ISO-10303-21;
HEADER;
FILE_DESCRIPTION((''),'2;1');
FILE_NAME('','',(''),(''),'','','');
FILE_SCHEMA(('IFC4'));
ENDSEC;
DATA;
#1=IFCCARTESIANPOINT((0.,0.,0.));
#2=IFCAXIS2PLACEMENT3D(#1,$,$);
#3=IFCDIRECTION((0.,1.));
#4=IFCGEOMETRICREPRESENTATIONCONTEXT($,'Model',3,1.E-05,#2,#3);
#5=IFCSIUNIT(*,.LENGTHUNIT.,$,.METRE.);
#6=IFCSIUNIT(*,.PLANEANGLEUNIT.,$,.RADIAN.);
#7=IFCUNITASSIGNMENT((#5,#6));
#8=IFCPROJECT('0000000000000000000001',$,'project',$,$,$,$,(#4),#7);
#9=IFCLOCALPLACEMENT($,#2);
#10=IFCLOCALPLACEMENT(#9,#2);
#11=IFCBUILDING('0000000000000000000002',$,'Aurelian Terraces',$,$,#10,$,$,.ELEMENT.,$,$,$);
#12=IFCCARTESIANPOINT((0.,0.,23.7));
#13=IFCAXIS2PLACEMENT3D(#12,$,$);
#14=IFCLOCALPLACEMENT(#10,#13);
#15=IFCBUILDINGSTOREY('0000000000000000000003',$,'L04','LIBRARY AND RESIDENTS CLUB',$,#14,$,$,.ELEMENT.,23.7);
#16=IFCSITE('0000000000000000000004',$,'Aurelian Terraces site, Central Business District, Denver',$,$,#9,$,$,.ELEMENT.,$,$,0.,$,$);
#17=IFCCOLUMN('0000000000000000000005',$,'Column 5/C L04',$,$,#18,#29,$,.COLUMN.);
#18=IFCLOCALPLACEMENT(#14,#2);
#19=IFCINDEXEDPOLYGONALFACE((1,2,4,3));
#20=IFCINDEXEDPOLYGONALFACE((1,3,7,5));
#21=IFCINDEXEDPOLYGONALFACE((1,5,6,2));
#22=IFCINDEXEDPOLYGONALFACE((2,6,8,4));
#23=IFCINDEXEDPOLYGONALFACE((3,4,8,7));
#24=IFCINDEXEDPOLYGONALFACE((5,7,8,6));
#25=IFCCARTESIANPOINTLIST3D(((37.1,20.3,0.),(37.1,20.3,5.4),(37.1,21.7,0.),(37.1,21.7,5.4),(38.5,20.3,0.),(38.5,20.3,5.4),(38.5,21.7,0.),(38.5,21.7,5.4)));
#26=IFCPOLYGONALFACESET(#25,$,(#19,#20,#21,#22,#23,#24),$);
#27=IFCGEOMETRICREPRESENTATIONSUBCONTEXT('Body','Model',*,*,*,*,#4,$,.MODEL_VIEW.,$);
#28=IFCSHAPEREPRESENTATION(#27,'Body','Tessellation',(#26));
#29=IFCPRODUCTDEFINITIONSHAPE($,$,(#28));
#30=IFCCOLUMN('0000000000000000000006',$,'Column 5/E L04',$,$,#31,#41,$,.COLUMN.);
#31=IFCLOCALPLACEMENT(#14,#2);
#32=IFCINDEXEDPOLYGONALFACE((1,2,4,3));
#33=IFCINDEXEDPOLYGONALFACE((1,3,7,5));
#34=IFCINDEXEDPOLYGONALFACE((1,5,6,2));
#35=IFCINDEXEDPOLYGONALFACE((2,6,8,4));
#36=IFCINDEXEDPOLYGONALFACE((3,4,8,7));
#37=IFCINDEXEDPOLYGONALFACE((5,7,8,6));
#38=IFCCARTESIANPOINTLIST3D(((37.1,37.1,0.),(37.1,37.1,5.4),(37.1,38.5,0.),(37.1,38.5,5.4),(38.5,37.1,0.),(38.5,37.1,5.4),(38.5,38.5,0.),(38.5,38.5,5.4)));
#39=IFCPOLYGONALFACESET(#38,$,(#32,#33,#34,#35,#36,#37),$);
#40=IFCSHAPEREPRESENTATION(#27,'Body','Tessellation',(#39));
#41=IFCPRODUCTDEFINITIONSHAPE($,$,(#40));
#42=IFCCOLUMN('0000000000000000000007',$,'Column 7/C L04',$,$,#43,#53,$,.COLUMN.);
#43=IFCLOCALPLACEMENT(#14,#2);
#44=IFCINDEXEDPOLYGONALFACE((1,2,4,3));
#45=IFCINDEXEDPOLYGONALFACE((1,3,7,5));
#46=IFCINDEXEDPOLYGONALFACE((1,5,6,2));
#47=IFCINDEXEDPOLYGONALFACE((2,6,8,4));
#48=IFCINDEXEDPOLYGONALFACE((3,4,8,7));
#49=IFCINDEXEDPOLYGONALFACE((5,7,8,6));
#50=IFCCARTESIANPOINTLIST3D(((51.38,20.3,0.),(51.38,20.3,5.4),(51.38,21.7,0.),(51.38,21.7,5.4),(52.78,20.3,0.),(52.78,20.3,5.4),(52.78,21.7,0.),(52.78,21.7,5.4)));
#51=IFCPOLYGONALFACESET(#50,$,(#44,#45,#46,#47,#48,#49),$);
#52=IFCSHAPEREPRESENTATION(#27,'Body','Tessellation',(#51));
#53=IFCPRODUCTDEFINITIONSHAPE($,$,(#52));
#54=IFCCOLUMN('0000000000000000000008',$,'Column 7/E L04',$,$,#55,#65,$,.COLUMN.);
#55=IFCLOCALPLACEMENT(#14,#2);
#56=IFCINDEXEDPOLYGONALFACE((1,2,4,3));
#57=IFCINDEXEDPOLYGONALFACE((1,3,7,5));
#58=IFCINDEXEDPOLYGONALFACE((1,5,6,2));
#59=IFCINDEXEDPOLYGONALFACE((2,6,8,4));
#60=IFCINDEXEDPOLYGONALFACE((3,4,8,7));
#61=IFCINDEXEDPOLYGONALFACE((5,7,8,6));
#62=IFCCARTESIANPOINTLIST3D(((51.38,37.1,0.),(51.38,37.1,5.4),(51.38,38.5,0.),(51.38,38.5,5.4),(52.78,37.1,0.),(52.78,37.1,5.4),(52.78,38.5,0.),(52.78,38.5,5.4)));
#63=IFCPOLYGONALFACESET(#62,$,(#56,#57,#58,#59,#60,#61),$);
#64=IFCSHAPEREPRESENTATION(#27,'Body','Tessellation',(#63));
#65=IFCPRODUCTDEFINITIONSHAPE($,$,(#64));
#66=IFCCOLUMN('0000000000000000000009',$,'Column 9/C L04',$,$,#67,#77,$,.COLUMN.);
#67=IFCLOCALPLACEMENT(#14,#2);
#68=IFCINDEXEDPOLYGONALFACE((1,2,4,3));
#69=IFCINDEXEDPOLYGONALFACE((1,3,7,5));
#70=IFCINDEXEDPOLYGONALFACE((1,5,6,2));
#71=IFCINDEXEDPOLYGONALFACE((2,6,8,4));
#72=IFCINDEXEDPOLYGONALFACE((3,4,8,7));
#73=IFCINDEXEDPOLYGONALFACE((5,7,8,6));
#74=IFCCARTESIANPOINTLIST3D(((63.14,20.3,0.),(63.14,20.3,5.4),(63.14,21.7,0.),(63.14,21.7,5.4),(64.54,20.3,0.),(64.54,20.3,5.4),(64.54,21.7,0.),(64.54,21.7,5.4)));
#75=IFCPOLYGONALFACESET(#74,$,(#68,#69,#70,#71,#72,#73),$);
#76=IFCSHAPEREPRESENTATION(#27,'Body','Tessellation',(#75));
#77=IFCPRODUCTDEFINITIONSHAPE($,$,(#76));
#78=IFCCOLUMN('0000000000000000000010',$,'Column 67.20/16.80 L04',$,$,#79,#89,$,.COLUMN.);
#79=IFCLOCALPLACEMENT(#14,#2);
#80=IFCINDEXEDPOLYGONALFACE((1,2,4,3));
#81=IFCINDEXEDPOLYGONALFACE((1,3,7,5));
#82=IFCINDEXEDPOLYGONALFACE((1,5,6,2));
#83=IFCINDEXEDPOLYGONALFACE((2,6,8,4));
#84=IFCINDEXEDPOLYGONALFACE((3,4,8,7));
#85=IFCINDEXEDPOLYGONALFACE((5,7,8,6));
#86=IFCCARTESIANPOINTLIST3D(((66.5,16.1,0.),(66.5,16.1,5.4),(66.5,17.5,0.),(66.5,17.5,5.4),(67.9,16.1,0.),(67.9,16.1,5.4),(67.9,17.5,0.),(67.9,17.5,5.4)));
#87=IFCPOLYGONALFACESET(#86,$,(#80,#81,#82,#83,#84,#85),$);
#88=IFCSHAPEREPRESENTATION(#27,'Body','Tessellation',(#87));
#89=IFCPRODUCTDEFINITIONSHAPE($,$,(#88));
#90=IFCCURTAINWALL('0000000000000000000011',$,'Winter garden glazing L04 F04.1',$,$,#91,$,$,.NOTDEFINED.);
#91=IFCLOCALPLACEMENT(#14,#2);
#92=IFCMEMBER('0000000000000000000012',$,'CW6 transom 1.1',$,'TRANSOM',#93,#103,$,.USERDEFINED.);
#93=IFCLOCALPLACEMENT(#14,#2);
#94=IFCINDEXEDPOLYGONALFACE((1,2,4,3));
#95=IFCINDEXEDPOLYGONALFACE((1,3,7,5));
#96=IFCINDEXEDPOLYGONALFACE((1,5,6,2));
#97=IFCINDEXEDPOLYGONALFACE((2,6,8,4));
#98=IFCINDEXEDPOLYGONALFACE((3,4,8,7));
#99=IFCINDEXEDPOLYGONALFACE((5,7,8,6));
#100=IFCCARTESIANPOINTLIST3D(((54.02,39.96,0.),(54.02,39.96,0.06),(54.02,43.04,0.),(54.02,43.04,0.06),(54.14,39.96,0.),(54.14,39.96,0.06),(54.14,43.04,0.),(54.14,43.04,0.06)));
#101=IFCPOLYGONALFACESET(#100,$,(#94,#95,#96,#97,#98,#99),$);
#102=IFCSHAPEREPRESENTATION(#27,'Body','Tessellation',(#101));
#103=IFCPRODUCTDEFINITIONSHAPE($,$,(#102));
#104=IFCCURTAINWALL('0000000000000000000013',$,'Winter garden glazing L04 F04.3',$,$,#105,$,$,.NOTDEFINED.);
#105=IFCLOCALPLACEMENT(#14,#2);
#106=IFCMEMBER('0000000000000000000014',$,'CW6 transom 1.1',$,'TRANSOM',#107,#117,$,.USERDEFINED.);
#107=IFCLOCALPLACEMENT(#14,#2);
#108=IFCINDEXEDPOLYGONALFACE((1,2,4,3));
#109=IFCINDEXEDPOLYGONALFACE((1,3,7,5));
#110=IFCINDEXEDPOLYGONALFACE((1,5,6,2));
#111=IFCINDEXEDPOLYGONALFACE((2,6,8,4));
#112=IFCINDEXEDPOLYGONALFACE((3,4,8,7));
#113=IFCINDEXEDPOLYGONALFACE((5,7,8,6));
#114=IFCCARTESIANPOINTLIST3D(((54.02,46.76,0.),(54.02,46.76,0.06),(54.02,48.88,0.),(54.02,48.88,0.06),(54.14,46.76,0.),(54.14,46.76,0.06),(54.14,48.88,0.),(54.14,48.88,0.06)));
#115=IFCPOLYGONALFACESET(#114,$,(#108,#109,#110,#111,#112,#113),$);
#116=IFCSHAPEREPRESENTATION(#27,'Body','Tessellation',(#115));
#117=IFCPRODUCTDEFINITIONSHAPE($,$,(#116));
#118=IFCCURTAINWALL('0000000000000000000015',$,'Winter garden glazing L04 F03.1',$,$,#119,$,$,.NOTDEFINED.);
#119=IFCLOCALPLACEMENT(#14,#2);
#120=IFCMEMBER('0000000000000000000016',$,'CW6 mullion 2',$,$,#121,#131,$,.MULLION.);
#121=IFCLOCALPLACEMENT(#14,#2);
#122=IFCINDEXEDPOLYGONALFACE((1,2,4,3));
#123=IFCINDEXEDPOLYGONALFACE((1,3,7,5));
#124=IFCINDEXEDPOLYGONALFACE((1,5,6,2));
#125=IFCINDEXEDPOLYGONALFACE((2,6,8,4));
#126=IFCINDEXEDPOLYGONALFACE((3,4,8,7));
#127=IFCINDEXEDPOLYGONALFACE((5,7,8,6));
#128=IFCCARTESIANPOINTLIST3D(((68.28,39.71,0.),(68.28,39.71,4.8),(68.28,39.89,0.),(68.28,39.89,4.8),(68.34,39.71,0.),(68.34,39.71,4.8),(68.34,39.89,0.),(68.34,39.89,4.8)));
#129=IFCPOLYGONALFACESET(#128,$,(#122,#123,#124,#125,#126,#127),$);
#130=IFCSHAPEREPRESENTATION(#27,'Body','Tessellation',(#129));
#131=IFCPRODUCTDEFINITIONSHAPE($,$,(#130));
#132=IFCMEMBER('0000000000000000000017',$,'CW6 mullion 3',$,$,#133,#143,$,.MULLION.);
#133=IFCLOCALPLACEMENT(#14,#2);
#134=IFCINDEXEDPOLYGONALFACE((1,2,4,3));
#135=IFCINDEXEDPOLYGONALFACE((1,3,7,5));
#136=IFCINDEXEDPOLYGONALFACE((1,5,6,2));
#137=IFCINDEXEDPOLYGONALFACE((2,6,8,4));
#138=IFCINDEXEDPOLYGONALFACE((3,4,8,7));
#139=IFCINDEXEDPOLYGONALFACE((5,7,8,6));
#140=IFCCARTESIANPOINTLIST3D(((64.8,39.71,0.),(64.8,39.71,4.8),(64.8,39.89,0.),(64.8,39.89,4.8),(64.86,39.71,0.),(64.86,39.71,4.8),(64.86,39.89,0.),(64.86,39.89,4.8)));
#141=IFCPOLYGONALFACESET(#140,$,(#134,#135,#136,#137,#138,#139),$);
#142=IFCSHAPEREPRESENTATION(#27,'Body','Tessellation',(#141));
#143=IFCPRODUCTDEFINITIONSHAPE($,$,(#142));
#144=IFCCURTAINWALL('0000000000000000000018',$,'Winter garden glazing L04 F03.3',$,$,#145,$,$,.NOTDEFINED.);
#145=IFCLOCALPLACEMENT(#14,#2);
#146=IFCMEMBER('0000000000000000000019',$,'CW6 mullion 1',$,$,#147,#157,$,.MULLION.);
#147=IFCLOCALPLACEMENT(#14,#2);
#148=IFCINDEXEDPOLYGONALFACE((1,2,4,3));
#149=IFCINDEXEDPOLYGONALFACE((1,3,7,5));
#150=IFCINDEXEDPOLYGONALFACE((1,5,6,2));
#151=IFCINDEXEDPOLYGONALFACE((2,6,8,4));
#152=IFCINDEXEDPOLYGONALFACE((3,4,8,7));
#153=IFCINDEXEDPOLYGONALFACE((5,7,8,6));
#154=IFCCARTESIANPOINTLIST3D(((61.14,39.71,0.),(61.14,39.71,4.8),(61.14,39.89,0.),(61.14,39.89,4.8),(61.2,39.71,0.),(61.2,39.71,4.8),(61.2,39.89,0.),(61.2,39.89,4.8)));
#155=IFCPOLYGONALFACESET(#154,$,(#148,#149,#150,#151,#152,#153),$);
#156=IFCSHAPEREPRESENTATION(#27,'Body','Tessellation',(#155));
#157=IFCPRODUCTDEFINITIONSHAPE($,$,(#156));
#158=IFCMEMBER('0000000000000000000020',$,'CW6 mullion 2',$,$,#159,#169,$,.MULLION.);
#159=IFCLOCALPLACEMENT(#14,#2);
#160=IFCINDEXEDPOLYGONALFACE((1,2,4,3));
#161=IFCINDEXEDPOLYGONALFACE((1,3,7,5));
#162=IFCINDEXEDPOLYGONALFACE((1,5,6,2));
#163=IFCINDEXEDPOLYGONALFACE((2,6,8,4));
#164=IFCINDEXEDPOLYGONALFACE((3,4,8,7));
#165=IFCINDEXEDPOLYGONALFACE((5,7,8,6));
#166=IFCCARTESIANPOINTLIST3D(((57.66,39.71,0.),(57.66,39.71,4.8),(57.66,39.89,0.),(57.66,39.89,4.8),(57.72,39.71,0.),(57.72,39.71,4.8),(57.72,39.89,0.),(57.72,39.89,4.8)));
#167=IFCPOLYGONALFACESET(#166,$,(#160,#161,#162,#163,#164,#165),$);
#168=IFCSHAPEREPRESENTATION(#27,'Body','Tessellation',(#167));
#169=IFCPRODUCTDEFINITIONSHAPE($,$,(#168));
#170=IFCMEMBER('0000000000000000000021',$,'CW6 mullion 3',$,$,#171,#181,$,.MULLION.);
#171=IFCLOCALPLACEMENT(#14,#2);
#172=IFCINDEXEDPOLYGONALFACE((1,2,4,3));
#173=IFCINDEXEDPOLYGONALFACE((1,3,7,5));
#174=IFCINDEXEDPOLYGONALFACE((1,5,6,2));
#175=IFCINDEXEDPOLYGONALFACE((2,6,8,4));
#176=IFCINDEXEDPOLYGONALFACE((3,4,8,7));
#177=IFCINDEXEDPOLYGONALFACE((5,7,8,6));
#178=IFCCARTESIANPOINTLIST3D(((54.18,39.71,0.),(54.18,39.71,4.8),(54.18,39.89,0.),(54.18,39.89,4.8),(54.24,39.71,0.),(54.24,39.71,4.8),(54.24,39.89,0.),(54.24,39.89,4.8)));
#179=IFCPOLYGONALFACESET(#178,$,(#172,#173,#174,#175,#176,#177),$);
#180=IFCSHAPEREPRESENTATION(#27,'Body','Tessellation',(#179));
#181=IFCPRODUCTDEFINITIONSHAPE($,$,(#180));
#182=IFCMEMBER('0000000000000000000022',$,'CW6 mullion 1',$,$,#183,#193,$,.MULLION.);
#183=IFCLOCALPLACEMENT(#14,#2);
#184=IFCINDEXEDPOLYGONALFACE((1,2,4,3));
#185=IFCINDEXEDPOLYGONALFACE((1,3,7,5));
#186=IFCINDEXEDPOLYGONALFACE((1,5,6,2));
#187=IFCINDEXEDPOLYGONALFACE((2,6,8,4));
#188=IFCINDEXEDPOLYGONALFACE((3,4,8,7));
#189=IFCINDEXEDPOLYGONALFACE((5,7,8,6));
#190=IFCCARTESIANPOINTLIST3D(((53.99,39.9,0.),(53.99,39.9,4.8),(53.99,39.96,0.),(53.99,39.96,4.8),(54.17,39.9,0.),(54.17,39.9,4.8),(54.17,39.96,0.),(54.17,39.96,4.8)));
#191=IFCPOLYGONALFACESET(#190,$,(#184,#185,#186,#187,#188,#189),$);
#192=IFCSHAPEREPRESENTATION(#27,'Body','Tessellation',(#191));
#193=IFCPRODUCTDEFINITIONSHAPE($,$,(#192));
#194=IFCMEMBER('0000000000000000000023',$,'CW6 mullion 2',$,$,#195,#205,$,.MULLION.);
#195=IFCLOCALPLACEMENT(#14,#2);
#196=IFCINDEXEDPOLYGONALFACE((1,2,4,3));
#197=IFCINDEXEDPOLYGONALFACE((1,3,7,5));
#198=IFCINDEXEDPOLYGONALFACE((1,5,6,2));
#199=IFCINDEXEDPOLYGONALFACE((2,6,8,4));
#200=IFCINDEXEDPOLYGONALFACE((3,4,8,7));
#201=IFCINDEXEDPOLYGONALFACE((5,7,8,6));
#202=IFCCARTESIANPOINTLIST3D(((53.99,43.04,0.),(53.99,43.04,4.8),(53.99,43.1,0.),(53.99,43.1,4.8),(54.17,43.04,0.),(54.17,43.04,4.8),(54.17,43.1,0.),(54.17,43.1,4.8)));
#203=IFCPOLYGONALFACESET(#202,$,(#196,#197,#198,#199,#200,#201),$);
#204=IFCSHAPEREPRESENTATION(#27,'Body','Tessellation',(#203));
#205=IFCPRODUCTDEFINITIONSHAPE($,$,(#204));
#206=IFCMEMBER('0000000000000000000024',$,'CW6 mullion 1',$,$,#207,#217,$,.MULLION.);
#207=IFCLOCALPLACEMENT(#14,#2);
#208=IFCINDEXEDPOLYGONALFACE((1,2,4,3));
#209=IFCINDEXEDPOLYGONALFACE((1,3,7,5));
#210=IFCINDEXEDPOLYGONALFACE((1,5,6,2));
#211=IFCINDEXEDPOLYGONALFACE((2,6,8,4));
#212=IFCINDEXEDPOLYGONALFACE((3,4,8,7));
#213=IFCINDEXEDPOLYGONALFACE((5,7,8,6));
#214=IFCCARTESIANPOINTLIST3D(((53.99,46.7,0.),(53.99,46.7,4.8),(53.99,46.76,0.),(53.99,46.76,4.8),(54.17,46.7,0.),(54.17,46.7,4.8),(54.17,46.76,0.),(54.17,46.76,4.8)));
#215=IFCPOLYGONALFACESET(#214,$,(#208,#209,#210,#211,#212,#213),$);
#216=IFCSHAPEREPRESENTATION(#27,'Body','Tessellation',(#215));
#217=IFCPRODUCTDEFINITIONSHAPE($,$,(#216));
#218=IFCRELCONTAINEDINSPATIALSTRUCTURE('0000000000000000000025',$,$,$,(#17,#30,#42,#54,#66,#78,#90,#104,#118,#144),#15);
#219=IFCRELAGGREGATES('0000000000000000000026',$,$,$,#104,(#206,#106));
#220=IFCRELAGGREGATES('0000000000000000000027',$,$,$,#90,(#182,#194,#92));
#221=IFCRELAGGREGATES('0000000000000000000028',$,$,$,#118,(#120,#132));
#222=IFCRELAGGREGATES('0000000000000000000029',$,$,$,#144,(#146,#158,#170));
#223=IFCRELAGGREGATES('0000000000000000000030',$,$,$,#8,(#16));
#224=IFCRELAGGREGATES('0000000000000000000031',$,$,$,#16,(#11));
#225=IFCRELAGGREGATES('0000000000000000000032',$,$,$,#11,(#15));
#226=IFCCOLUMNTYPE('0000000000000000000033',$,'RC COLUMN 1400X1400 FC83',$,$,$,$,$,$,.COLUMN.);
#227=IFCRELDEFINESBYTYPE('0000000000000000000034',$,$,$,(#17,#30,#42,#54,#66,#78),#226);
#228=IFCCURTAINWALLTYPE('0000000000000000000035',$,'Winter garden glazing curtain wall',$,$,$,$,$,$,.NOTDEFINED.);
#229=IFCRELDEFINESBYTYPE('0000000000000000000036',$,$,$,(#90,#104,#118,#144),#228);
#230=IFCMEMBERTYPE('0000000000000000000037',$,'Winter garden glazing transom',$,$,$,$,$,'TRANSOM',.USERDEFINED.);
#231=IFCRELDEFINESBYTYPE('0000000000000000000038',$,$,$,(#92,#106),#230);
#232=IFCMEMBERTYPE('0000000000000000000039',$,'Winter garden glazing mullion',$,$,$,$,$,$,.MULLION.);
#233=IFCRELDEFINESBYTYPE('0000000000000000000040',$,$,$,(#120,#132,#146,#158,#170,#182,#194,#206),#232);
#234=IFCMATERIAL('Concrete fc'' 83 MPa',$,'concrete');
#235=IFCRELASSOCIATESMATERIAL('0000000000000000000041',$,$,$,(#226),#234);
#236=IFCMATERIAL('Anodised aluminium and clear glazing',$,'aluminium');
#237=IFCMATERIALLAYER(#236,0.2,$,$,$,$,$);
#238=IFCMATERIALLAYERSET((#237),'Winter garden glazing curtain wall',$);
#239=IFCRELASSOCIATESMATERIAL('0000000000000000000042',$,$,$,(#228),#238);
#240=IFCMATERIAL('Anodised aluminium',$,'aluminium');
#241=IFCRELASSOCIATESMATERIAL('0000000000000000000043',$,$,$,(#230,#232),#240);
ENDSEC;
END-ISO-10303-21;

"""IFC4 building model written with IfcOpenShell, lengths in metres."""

from ifc_helpers import new_model, si_unit, direction, frame, origin, origin_2d, place, context, subcontext, project, spatial, rectangle, extrude, source, transform, mapped, material, layer, layer_set, material_profile, profile_set, type_object, element, aggregate, save


model = new_model("IFC4")

# Units and contexts
model_context = context("Model", 3, precision=1e-05, world=origin(), true_north=direction((0.0, 1.0)))
body_context = subcontext(model_context, "Body", "Model", "MODEL_VIEW")
ifc_project = project(units=[si_unit("LENGTHUNIT", "METRE"), si_unit("PLANEANGLEUNIT", "RADIAN")], contexts=[model_context])

# Site, building, storey
site_placement = place(None, origin())
site = spatial("IfcSite", under=ifc_project, at=site_placement, Name="Aurelian Terraces site, Central Business District, Denver", CompositionType="ELEMENT", RefElevation=0.0)
building_placement = place(site_placement, origin())
building = spatial("IfcBuilding", under=site, at=building_placement, Name="Aurelian Terraces", CompositionType="ELEMENT")
storey_placement = place(building_placement, frame((0.0, 0.0, 23.7)))
storey = spatial("IfcBuildingStorey", under=building, at=storey_placement, Name="L04", Description="LIBRARY AND RESIDENTS CLUB", CompositionType="ELEMENT", Elevation=23.7)

# Columns
ifc_material_1 = material(Name="Concrete fc' 83 MPa", Category="concrete")
ifc_material_profile_1 = material_profile(ifc_material_1, rectangle(XDim=1.4, YDim=1.4, at=origin_2d()))
ifc_profile_set_1 = profile_set([ifc_material_profile_1], Name="Concrete fc' 83 MPa")
column_type = type_object("IfcColumnType", Name="RC COLUMN 1400X1400 FC83", PredefinedType="COLUMN", material=ifc_profile_set_1)
shared_shape_1 = source(origin(), body_context, "Body", "SweptSolid", [
    extrude(rectangle(XDim=1.4, YDim=1.4, at=origin_2d()), origin(), (0.0, 0.0, 1.0), 5.4),
])
for number, where, z_axis, x_axis, name in (
    (1, (37.8, 21.0, 0.0), (0.0, 0.0, 1.0), (1.0, 0.0, 0.0), "Column 5/C L04"),
    (2, (37.8, 37.8, 0.0), (0.0, 0.0, 1.0), (1.0, 0.0, 0.0), "Column 5/E L04"),
    (3, (52.08, 21.0, 0.0), (0.0, 0.0, 1.0), (1.0, 0.0, 0.0), "Column 7/C L04"),
    (4, (52.08, 37.8, 0.0), (0.0, 0.0, 1.0), (1.0, 0.0, 0.0), "Column 7/E L04"),
    (5, (63.84, 21.0, 0.0), (0.0, 0.0, 1.0), (1.0, 0.0, 0.0), "Column 9/C L04"),
    (6, (67.2, 16.8, 0.0), (0.0, 0.0, 1.0), (1.0, 0.0, 0.0), "Column 67.20/16.80 L04"),
):
    element("IfcColumn", number, at=place(storey_placement, frame(where, z_axis=z_axis, x_axis=x_axis)), inside=storey, type_object=column_type, Name=name, PredefinedType="COLUMN", context=body_context, shape_type="MappedRepresentation", body=[
        mapped(shared_shape_1, transform((0.0, 0.0, 0.0), scale=1.0)),
    ])

# Curtain walls, members
ifc_material_2 = material(Name="Anodised aluminium and clear glazing", Category="aluminium")
ifc_layer_1 = layer(ifc_material_2, 0.2)
ifc_layer_set_1 = layer_set([ifc_layer_1], Name="Winter garden glazing curtain wall")
curtain_wall_type = type_object("IfcCurtainWallType", Name="Winter garden glazing curtain wall", PredefinedType="NOTDEFINED", material=ifc_layer_set_1)
curtain_wall_1_placement = place(storey_placement, origin())
curtain_wall_1 = element("IfcCurtainWall", 7, at=curtain_wall_1_placement, inside=storey, type_object=curtain_wall_type, Name="Winter garden glazing L04 F04.1", PredefinedType="NOTDEFINED")
ifc_material_3 = material(Name="Anodised aluminium", Category="aluminium")
ifc_material_profile_2 = material_profile(ifc_material_3, rectangle(XDim=0.12, YDim=0.06, at=origin_2d()))
ifc_profile_set_2 = profile_set([ifc_material_profile_2], Name="Anodised aluminium")
member_type_1 = type_object("IfcMemberType", Name="Winter garden glazing transom", ElementType="TRANSOM", PredefinedType="USERDEFINED", material=ifc_profile_set_2)
member_1_placement = place(storey_placement, frame((54.08, 39.96, 0.03), z_axis=(0.0, 1.0, 0.0), x_axis=(-1.0, 0.0, 0.0)))
member_1 = element("IfcMember", 8, at=member_1_placement, type_object=member_type_1, Name="CW6 transom 1.1", ObjectType="TRANSOM", PredefinedType="USERDEFINED", context=body_context, shape_type="SweptSolid", body=[
    extrude(rectangle(XDim=0.12, YDim=0.06, at=origin_2d()), origin(), (0.0, 0.0, 1.0), 3.08),
])
curtain_wall_2_placement = place(storey_placement, origin())
curtain_wall_2 = element("IfcCurtainWall", 9, at=curtain_wall_2_placement, inside=storey, type_object=curtain_wall_type, Name="Winter garden glazing L04 F04.3", PredefinedType="NOTDEFINED")
member_2_placement = place(storey_placement, frame((54.08, 46.76, 0.03), z_axis=(0.0, 1.0, 0.0), x_axis=(-1.0, 0.0, 0.0)))
member_2 = element("IfcMember", 10, at=member_2_placement, type_object=member_type_1, Name="CW6 transom 1.1", ObjectType="TRANSOM", PredefinedType="USERDEFINED", context=body_context, shape_type="SweptSolid", body=[
    extrude(rectangle(XDim=0.12, YDim=0.06, at=origin_2d()), origin(), (0.0, 0.0, 1.0), 2.12),
])

# Curtain walls, members
curtain_wall_3_placement = place(storey_placement, origin())
curtain_wall_3 = element("IfcCurtainWall", 11, at=curtain_wall_3_placement, inside=storey, type_object=curtain_wall_type, Name="Winter garden glazing L04 F03.1", PredefinedType="NOTDEFINED")
ifc_material_profile_3 = material_profile(ifc_material_3, rectangle(XDim=0.18, YDim=0.06, at=origin_2d()))
ifc_profile_set_3 = profile_set([ifc_material_profile_3], Name="Anodised aluminium")
member_type_2 = type_object("IfcMemberType", Name="Winter garden glazing mullion", PredefinedType="MULLION", material=ifc_profile_set_3)
shared_shape_2 = source(origin(), body_context, "Body", "SweptSolid", [
    extrude(rectangle(XDim=0.18, YDim=0.06, at=origin_2d()), origin(), (0.0, 0.0, 1.0), 4.8),
])
member_3_placement = place(storey_placement, frame((68.31, 39.8, 0.0), z_axis=(0.0, 0.0, 1.0), x_axis=(0.0, -1.0, 0.0)))
member_3 = element("IfcMember", 12, at=member_3_placement, type_object=member_type_2, Name="CW6 mullion 2", PredefinedType="MULLION", context=body_context, shape_type="MappedRepresentation", body=[
    mapped(shared_shape_2, transform((0.0, 0.0, 0.0), scale=1.0)),
])
member_4_placement = place(storey_placement, frame((64.83, 39.8, 0.0), z_axis=(0.0, 0.0, 1.0), x_axis=(0.0, -1.0, 0.0)))
member_4 = element("IfcMember", 13, at=member_4_placement, type_object=member_type_2, Name="CW6 mullion 3", PredefinedType="MULLION", context=body_context, shape_type="MappedRepresentation", body=[
    mapped(shared_shape_2, transform((0.0, 0.0, 0.0), scale=1.0)),
])
curtain_wall_4_placement = place(storey_placement, origin())
curtain_wall_4 = element("IfcCurtainWall", 14, at=curtain_wall_4_placement, inside=storey, type_object=curtain_wall_type, Name="Winter garden glazing L04 F03.3", PredefinedType="NOTDEFINED")
member_5_placement = place(storey_placement, frame((61.17, 39.8, 0.0), z_axis=(0.0, 0.0, 1.0), x_axis=(0.0, -1.0, 0.0)))
member_5 = element("IfcMember", 15, at=member_5_placement, type_object=member_type_2, Name="CW6 mullion 1", PredefinedType="MULLION", context=body_context, shape_type="MappedRepresentation", body=[
    mapped(shared_shape_2, transform((0.0, 0.0, 0.0), scale=1.0)),
])
member_6_placement = place(storey_placement, frame((57.69, 39.8, 0.0), z_axis=(0.0, 0.0, 1.0), x_axis=(0.0, -1.0, 0.0)))
member_6 = element("IfcMember", 16, at=member_6_placement, type_object=member_type_2, Name="CW6 mullion 2", PredefinedType="MULLION", context=body_context, shape_type="MappedRepresentation", body=[
    mapped(shared_shape_2, transform((0.0, 0.0, 0.0), scale=1.0)),
])
member_7_placement = place(storey_placement, frame((54.21, 39.8, 0.0), z_axis=(0.0, 0.0, 1.0), x_axis=(0.0, -1.0, 0.0)))
member_7 = element("IfcMember", 17, at=member_7_placement, type_object=member_type_2, Name="CW6 mullion 3", PredefinedType="MULLION", context=body_context, shape_type="MappedRepresentation", body=[
    mapped(shared_shape_2, transform((0.0, 0.0, 0.0), scale=1.0)),
])

# Members
member_8_placement = place(storey_placement, frame((54.08, 39.93, 0.0), z_axis=(0.0, 0.0, 1.0), x_axis=(-1.0, 0.0, 0.0)))
member_8 = element("IfcMember", 18, at=member_8_placement, type_object=member_type_2, Name="CW6 mullion 1", PredefinedType="MULLION", context=body_context, shape_type="MappedRepresentation", body=[
    mapped(shared_shape_2, transform((0.0, 0.0, 0.0), scale=1.0)),
])
member_9_placement = place(storey_placement, frame((54.08, 43.07, 0.0), z_axis=(0.0, 0.0, 1.0), x_axis=(-1.0, 0.0, 0.0)))
member_9 = element("IfcMember", 19, at=member_9_placement, type_object=member_type_2, Name="CW6 mullion 2", PredefinedType="MULLION", context=body_context, shape_type="MappedRepresentation", body=[
    mapped(shared_shape_2, transform((0.0, 0.0, 0.0), scale=1.0)),
])
member_10_placement = place(storey_placement, frame((54.08, 46.73, 0.0), z_axis=(0.0, 0.0, 1.0), x_axis=(-1.0, 0.0, 0.0)))
member_10 = element("IfcMember", 20, at=member_10_placement, type_object=member_type_2, Name="CW6 mullion 1", PredefinedType="MULLION", context=body_context, shape_type="MappedRepresentation", body=[
    mapped(shared_shape_2, transform((0.0, 0.0, 0.0), scale=1.0)),
])
aggregate(curtain_wall_2, [member_10, member_2])

aggregate(curtain_wall_1, [member_8, member_9, member_1])
aggregate(curtain_wall_3, [member_3, member_4])
aggregate(curtain_wall_4, [member_5, member_6, member_7])

save(model, "model.ifc")
